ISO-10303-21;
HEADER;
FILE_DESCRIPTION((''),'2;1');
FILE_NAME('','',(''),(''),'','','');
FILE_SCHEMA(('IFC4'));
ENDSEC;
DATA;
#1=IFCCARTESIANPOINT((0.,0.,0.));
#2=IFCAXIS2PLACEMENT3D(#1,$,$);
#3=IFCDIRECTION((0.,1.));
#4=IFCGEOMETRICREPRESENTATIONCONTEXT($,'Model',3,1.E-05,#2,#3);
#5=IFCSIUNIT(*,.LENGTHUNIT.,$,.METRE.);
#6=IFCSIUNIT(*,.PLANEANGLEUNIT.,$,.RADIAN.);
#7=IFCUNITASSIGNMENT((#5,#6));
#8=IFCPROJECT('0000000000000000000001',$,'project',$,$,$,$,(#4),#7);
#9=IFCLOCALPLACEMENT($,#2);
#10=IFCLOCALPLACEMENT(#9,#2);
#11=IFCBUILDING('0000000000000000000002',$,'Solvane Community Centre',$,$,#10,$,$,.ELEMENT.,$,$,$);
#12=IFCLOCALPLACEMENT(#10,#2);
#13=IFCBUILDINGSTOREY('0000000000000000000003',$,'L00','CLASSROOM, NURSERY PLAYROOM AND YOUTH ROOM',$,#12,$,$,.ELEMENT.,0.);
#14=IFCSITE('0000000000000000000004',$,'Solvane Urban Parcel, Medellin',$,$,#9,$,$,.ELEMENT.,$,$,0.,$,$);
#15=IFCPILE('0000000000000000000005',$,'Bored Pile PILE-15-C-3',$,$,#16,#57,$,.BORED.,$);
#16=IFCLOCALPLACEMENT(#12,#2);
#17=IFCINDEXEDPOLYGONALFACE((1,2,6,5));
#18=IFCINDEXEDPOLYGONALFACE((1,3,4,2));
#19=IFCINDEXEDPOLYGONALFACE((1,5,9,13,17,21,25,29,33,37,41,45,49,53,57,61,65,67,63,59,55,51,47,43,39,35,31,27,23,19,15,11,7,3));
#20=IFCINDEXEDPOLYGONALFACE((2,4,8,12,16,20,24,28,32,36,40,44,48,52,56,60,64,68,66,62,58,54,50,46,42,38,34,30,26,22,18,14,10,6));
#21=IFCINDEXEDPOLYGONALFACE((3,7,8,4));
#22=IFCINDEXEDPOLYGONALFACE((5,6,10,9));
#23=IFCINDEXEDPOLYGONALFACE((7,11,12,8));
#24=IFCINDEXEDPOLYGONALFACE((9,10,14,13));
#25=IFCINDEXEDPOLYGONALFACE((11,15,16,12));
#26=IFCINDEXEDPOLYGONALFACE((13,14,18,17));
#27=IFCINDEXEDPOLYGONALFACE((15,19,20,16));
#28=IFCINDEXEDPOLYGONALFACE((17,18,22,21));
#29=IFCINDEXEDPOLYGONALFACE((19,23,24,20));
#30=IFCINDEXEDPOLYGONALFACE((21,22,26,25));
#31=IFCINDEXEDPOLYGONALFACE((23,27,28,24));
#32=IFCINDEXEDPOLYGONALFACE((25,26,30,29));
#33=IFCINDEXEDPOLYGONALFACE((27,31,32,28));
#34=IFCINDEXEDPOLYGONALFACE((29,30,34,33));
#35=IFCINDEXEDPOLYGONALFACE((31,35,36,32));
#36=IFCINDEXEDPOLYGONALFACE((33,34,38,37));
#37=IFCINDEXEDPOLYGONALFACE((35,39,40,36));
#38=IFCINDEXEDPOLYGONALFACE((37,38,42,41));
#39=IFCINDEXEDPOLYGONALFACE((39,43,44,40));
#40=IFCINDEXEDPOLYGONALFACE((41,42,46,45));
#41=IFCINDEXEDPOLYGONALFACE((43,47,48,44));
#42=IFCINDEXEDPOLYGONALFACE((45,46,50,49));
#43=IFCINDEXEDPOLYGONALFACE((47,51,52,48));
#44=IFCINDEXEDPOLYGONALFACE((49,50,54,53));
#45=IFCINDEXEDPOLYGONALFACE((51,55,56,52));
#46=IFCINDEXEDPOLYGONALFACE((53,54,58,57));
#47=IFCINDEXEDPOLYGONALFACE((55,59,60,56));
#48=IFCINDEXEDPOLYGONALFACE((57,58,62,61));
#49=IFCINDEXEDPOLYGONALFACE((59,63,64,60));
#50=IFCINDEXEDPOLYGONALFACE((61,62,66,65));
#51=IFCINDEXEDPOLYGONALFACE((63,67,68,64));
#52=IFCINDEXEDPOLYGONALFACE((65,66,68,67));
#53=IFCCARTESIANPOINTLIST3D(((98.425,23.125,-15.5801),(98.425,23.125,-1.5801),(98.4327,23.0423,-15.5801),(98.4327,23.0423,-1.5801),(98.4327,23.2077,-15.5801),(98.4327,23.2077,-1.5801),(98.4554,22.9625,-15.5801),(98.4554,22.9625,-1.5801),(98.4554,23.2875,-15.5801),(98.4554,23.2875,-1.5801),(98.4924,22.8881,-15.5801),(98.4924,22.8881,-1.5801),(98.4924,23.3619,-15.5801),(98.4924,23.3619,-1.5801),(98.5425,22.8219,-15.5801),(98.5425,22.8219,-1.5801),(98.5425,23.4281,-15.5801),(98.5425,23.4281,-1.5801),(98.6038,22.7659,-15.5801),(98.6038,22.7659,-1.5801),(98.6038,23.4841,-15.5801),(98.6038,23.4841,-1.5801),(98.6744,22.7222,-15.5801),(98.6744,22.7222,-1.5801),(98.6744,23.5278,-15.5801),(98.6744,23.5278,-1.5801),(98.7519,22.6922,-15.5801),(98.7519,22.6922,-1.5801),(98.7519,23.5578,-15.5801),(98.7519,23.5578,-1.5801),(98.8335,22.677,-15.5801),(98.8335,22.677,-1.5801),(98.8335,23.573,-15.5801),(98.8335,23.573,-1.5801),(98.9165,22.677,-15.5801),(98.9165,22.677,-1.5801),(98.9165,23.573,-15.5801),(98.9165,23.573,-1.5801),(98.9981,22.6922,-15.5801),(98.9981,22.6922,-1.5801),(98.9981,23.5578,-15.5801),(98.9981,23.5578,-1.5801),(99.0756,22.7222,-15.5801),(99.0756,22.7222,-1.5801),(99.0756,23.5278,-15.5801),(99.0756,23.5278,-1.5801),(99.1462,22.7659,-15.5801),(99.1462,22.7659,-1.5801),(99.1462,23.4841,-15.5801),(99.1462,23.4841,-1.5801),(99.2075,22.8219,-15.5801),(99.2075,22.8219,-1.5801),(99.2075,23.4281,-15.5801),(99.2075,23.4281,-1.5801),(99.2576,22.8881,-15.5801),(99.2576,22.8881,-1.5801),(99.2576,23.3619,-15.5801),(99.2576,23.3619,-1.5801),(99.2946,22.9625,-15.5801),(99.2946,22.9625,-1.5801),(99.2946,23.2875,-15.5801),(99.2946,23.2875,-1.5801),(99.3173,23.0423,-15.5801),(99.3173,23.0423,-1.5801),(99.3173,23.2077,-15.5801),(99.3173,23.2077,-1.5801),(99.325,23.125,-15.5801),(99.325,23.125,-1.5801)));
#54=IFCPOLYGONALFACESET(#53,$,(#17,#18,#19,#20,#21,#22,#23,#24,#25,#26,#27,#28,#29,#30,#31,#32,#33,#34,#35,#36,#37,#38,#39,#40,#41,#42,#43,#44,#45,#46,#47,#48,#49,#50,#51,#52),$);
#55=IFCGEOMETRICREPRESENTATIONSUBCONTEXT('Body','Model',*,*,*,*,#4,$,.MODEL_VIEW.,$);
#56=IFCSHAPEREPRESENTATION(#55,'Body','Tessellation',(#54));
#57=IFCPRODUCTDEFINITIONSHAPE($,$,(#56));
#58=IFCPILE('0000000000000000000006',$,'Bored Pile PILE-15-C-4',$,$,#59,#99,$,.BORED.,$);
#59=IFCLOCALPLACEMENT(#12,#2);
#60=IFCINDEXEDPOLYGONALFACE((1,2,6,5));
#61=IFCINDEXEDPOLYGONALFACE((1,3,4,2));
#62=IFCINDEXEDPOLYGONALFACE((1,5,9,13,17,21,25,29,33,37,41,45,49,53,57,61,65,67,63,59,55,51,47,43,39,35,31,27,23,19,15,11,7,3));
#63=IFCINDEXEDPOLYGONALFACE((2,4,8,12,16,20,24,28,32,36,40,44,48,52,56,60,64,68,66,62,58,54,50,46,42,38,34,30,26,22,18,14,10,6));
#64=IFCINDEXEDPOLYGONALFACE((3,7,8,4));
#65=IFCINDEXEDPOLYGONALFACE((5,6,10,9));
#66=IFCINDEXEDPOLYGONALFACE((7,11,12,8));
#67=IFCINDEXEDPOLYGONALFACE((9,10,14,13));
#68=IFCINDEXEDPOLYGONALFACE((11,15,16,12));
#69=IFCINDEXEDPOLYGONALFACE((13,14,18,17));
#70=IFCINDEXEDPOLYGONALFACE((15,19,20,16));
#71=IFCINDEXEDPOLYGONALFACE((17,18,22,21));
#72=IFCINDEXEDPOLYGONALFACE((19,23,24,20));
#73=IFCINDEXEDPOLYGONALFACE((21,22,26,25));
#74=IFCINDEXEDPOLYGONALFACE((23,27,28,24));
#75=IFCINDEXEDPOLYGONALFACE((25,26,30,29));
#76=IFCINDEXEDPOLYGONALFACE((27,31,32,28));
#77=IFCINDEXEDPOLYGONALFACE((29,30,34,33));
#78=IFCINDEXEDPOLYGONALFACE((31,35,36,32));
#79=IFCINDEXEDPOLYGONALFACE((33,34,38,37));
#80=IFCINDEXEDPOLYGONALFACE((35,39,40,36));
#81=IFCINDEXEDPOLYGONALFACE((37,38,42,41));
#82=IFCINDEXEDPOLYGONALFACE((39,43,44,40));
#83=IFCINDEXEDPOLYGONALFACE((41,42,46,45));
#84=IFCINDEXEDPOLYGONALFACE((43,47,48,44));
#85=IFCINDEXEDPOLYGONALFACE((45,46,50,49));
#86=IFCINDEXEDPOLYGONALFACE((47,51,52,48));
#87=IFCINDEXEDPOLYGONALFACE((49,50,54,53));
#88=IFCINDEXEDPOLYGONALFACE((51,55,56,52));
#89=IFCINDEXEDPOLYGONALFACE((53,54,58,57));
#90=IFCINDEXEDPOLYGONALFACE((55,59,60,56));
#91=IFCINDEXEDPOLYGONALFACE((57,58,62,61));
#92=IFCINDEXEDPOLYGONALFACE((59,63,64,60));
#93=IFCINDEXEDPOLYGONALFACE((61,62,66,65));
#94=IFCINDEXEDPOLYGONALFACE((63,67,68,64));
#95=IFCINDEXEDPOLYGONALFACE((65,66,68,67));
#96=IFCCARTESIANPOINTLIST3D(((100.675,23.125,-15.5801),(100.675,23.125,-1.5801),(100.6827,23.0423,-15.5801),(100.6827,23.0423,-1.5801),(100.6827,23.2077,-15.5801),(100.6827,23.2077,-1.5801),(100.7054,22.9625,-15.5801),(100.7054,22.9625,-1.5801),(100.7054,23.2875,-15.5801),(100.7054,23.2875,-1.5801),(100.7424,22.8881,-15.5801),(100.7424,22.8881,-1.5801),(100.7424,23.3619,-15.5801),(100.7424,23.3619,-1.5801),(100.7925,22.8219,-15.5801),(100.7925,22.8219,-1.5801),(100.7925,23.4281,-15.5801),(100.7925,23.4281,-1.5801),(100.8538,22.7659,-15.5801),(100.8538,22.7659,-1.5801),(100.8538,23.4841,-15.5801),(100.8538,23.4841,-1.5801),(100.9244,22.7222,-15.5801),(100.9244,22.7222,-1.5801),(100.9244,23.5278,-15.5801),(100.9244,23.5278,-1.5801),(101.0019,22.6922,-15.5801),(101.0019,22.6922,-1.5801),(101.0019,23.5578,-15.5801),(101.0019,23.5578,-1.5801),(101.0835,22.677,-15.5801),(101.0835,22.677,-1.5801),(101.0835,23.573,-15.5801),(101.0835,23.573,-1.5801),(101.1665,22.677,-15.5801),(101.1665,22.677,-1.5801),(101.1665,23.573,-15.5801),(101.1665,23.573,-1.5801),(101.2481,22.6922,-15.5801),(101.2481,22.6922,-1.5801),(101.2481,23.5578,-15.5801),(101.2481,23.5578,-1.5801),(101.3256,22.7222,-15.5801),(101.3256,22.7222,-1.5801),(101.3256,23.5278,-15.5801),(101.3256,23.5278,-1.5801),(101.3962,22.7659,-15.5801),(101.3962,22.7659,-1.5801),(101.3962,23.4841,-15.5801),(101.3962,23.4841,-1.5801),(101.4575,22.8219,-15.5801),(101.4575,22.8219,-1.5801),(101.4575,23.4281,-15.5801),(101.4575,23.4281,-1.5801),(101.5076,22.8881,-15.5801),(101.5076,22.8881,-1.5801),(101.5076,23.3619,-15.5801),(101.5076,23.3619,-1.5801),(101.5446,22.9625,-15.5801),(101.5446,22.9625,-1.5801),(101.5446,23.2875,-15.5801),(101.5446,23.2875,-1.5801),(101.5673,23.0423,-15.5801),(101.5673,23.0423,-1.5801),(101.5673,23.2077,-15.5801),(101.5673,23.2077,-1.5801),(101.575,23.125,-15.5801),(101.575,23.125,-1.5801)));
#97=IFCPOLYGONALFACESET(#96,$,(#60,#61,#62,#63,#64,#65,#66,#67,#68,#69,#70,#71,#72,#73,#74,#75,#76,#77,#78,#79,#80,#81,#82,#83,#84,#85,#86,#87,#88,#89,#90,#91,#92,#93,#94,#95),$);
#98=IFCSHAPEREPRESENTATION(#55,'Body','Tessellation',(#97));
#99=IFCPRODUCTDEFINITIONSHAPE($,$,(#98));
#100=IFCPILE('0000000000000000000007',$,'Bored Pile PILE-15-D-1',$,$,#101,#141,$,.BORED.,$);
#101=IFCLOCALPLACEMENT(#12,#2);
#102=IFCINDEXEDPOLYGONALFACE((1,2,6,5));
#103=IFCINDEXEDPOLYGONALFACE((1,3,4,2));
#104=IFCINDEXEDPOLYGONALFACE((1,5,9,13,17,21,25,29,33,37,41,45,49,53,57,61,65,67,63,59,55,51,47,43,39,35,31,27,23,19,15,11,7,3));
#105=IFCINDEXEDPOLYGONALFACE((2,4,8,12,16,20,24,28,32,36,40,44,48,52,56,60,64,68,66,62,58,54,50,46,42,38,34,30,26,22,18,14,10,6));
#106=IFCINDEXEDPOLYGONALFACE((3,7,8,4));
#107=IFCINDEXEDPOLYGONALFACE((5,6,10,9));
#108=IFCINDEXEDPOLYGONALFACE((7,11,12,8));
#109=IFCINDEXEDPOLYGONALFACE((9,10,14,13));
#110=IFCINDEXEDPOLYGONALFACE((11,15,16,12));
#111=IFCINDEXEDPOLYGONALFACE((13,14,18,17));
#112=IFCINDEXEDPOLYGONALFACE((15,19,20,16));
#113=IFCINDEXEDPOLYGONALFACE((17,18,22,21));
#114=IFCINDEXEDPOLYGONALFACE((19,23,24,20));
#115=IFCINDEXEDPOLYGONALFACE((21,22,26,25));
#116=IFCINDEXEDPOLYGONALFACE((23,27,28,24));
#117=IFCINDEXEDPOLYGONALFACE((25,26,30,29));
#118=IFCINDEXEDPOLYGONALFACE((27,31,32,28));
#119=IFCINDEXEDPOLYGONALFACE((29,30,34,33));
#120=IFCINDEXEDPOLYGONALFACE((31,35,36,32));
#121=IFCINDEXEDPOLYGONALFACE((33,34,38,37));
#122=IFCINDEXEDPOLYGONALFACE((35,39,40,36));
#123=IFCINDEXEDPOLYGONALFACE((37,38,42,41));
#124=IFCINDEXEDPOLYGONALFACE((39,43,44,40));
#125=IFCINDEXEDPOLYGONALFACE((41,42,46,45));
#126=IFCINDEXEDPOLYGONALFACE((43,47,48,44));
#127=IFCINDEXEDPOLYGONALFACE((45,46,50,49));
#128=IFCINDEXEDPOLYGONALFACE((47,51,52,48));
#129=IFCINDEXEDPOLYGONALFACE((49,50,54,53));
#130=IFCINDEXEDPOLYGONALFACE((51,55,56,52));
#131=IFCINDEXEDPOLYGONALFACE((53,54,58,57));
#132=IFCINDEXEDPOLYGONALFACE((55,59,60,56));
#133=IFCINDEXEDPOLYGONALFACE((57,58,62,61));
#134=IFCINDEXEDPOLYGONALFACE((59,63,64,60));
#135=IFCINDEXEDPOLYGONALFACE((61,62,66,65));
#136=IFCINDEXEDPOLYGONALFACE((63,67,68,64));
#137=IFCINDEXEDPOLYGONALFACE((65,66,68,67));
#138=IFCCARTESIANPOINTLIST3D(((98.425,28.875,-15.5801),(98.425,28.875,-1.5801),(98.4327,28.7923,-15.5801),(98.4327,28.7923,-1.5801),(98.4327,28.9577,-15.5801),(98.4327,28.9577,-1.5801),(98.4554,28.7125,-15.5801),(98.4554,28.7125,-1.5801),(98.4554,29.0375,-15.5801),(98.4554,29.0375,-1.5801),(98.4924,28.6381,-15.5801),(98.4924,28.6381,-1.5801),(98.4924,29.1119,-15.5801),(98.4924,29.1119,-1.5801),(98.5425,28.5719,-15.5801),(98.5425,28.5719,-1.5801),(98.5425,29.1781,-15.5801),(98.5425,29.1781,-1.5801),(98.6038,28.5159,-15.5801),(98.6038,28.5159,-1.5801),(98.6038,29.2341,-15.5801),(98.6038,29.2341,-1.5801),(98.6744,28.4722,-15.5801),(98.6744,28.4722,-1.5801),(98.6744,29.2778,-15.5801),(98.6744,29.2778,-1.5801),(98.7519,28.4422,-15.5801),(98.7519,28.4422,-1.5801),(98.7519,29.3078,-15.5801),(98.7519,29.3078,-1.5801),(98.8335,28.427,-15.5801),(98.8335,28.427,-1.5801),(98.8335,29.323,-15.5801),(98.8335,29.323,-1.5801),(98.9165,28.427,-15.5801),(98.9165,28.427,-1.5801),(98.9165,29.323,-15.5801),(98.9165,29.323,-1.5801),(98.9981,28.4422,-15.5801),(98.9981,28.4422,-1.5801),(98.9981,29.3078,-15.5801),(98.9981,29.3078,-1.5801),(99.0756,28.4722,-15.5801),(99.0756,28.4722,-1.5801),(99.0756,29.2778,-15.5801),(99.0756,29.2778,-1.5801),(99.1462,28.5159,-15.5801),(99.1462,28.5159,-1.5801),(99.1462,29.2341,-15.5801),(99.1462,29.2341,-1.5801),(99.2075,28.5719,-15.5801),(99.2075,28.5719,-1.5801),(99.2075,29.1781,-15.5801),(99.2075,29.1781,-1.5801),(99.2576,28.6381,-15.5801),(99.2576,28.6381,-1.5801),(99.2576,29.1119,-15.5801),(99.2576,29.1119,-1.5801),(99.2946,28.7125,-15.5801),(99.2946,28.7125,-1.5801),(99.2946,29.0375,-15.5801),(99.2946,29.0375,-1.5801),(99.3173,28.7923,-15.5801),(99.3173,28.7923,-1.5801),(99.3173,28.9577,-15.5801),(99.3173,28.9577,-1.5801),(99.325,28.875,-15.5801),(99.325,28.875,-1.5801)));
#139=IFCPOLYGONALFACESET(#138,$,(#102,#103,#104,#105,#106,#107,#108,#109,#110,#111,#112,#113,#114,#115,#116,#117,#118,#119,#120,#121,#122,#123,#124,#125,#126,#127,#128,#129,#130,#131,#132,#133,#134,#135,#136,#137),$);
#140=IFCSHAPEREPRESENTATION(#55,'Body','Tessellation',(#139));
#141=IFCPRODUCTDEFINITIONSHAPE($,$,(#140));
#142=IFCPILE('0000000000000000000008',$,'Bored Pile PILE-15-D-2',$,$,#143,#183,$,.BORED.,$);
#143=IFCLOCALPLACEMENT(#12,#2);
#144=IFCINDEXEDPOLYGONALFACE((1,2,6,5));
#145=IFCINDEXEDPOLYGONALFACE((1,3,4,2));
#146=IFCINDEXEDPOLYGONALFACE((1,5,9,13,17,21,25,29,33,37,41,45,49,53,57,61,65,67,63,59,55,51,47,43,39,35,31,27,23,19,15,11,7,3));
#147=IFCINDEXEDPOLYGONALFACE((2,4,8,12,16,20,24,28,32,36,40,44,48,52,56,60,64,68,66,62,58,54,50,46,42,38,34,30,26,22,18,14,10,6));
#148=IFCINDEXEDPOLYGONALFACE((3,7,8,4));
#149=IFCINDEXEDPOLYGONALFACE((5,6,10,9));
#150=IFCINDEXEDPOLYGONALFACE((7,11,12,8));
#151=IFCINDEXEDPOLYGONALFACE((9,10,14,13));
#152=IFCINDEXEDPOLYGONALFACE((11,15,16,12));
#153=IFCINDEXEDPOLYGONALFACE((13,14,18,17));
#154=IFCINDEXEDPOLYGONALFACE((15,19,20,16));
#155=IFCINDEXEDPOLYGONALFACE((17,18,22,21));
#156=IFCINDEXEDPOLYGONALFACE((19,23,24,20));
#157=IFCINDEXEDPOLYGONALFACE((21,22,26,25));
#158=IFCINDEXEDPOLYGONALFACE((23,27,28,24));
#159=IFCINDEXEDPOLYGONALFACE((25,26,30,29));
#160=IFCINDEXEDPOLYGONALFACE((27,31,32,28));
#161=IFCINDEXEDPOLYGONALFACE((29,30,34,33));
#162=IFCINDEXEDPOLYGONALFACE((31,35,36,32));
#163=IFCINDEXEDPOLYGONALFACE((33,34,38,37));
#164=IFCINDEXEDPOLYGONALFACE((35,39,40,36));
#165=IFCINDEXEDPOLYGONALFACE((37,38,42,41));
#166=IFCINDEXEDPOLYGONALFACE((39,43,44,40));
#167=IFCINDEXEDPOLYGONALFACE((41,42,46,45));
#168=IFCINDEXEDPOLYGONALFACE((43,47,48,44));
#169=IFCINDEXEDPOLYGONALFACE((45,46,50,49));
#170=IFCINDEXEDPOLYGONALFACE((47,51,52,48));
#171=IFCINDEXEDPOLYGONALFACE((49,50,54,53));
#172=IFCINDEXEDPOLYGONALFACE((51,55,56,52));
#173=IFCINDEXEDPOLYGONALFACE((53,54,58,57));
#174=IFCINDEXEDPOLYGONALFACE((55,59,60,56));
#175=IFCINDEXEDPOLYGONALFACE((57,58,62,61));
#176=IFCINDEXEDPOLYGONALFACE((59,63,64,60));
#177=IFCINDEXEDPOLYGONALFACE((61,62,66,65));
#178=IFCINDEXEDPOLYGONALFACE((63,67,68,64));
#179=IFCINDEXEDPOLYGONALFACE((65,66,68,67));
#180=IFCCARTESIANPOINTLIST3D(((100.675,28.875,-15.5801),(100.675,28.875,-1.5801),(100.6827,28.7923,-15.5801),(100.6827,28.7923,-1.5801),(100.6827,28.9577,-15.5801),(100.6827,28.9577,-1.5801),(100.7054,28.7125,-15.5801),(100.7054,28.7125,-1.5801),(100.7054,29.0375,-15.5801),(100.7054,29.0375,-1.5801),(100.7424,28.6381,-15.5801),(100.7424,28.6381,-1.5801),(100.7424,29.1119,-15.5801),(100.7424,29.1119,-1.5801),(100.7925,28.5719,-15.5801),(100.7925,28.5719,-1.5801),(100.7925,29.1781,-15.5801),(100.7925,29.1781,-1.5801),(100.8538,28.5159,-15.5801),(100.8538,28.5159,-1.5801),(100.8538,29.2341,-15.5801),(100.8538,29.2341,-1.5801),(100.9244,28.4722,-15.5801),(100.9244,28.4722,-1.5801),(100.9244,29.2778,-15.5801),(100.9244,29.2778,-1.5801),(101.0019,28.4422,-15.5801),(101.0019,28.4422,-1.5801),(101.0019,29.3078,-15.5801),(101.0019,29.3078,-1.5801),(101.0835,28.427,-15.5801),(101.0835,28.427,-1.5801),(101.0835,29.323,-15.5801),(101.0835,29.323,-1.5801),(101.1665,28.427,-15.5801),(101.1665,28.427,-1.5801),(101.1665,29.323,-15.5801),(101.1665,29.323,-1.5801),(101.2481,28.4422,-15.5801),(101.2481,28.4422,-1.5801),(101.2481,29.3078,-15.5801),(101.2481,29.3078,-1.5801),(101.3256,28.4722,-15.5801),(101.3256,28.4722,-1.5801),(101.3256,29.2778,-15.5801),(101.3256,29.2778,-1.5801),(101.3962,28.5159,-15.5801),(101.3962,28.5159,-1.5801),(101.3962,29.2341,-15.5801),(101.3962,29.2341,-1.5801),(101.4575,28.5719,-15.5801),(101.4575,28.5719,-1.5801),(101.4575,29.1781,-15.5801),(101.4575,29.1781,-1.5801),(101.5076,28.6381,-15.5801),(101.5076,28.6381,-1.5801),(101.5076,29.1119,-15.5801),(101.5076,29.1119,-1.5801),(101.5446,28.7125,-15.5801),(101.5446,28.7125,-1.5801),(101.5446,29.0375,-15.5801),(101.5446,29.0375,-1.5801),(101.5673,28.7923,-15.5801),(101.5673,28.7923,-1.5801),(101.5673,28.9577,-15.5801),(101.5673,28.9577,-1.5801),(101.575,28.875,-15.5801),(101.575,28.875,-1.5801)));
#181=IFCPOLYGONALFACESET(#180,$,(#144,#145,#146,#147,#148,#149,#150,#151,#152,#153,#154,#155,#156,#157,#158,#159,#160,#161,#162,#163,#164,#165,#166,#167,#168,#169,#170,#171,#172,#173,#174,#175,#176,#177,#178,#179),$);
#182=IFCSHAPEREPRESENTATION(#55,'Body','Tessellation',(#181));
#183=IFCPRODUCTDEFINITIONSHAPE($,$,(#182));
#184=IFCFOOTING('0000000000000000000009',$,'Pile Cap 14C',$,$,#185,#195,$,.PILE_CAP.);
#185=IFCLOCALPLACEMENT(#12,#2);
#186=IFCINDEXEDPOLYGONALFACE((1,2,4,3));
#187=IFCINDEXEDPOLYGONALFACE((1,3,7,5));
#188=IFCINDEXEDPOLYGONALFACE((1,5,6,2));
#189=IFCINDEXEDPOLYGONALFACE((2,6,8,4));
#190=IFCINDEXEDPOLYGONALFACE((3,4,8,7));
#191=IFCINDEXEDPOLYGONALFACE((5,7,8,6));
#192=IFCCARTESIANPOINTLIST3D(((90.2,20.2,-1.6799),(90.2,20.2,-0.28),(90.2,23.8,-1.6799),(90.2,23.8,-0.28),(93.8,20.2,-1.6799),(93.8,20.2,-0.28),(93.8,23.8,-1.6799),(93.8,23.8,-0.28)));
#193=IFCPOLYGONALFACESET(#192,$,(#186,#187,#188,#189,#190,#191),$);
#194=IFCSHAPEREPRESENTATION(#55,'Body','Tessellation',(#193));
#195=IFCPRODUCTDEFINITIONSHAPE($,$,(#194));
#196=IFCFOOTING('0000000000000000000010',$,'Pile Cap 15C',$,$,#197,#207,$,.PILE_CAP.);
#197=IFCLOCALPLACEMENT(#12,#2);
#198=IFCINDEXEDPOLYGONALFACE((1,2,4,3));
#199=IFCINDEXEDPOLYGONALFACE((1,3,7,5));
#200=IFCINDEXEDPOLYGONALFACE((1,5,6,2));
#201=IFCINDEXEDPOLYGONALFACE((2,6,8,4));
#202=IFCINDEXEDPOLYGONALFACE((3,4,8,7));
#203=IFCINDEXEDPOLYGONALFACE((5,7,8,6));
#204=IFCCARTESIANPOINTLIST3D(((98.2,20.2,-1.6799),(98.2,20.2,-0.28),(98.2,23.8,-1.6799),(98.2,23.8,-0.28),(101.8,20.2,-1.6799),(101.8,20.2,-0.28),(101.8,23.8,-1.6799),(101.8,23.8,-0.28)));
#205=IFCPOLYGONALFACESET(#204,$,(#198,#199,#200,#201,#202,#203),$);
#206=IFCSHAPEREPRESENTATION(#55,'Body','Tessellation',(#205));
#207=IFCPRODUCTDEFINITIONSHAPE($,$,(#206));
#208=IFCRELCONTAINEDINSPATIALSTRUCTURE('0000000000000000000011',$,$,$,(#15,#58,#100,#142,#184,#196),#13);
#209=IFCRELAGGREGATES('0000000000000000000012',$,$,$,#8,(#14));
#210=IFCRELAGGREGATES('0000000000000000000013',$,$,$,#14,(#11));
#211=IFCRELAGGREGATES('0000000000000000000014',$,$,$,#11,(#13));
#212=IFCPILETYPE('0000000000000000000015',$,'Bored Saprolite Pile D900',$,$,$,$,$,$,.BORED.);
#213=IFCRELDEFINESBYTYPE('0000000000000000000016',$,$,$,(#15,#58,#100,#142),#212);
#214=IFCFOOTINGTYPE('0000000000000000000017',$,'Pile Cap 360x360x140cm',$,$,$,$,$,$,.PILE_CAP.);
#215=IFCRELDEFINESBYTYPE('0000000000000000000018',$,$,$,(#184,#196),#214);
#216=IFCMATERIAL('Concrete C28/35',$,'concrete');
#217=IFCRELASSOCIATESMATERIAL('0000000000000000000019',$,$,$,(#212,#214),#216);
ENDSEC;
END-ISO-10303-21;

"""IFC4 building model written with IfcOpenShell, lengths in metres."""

from ifc_helpers import new_model, si_unit, direction, frame, origin, origin_2d, place, context, subcontext, project, spatial, rectangle, circle, extrude, material, material_profile, profile_set, type_object, element, save


model = new_model("IFC4")

# Units and contexts
model_context = context("Model", 3, precision=1e-05, world=origin(), true_north=direction((0.0, 1.0)))
body_context = subcontext(model_context, "Body", "Model", "MODEL_VIEW")
ifc_project = project(units=[si_unit("LENGTHUNIT", "METRE"), si_unit("PLANEANGLEUNIT", "RADIAN")], contexts=[model_context])

# Site, building, storey
site_placement = place(None, origin())
site = spatial("IfcSite", under=ifc_project, at=site_placement, Name="Solvane Urban Parcel, Medellin", CompositionType="ELEMENT", RefElevation=0.0)
building_placement = place(site_placement, origin())
building = spatial("IfcBuilding", under=site, at=building_placement, Name="Solvane Community Centre", CompositionType="ELEMENT")
storey_placement = place(building_placement, origin())
storey = spatial("IfcBuildingStorey", under=building, at=storey_placement, Name="L00", Description="CLASSROOM, NURSERY PLAYROOM AND YOUTH ROOM", CompositionType="ELEMENT", Elevation=0.0)

# Piles
ifc_material_1 = material(Name="Concrete C28/35", Category="concrete")
ifc_material_profile_1 = material_profile(ifc_material_1, circle(Radius=0.45, at=origin_2d()), Name="PILE D900")
ifc_profile_set_1 = profile_set([ifc_material_profile_1], Name="Concrete C28/35")
pile_type = type_object("IfcPileType", Name="Bored Saprolite Pile D900", PredefinedType="BORED", material=ifc_profile_set_1)
for number, where, z_axis, x_axis, name in (
    (1, (98.875, 23.125, -1.5801), (0.0, 0.0, -1.0), (1.0, 0.0, 0.0), "Bored Pile PILE-15-C-3"),
    (2, (101.125, 23.125, -1.5801), (0.0, 0.0, -1.0), (1.0, 0.0, 0.0), "Bored Pile PILE-15-C-4"),
    (3, (98.875, 28.875, -1.5801), (0.0, 0.0, -1.0), (1.0, 0.0, 0.0), "Bored Pile PILE-15-D-1"),
    (4, (101.125, 28.875, -1.5801), (0.0, 0.0, -1.0), (1.0, 0.0, 0.0), "Bored Pile PILE-15-D-2"),
):
    element("IfcPile", number, at=place(storey_placement, frame(where, z_axis=z_axis, x_axis=x_axis)), inside=storey, type_object=pile_type, Name=name, PredefinedType="BORED", context=body_context, shape_type="SweptSolid", body=[
        extrude(circle(Radius=0.45, at=origin_2d()), origin(), (0.0, 0.0, 1.0), 14.0),
    ])

# Footings
footing_type_1 = type_object("IfcFootingType", Name="Pile Cap 360x360x140cm", PredefinedType="PILE_CAP", material=ifc_material_1)
for number, where, z_axis, x_axis, name in (
    (5, (92.0, 22.0, -1.6799), (0.0, 0.0, 1.0), (1.0, 0.0, 0.0), "Pile Cap 14C"),
    (6, (100.0, 22.0, -1.6799), (0.0, 0.0, 1.0), (1.0, 0.0, 0.0), "Pile Cap 15C"),
):
    element("IfcFooting", number, at=place(storey_placement, frame(where, z_axis=z_axis, x_axis=x_axis)), inside=storey, type_object=footing_type_1, Name=name, PredefinedType="PILE_CAP", context=body_context, shape_type="SweptSolid", body=[
        extrude(rectangle(XDim=3.6001, YDim=3.6001, at=origin_2d()), origin(), (0.0, 0.0, 1.0), 1.3999),
    ])

save(model, "model.ifc")
